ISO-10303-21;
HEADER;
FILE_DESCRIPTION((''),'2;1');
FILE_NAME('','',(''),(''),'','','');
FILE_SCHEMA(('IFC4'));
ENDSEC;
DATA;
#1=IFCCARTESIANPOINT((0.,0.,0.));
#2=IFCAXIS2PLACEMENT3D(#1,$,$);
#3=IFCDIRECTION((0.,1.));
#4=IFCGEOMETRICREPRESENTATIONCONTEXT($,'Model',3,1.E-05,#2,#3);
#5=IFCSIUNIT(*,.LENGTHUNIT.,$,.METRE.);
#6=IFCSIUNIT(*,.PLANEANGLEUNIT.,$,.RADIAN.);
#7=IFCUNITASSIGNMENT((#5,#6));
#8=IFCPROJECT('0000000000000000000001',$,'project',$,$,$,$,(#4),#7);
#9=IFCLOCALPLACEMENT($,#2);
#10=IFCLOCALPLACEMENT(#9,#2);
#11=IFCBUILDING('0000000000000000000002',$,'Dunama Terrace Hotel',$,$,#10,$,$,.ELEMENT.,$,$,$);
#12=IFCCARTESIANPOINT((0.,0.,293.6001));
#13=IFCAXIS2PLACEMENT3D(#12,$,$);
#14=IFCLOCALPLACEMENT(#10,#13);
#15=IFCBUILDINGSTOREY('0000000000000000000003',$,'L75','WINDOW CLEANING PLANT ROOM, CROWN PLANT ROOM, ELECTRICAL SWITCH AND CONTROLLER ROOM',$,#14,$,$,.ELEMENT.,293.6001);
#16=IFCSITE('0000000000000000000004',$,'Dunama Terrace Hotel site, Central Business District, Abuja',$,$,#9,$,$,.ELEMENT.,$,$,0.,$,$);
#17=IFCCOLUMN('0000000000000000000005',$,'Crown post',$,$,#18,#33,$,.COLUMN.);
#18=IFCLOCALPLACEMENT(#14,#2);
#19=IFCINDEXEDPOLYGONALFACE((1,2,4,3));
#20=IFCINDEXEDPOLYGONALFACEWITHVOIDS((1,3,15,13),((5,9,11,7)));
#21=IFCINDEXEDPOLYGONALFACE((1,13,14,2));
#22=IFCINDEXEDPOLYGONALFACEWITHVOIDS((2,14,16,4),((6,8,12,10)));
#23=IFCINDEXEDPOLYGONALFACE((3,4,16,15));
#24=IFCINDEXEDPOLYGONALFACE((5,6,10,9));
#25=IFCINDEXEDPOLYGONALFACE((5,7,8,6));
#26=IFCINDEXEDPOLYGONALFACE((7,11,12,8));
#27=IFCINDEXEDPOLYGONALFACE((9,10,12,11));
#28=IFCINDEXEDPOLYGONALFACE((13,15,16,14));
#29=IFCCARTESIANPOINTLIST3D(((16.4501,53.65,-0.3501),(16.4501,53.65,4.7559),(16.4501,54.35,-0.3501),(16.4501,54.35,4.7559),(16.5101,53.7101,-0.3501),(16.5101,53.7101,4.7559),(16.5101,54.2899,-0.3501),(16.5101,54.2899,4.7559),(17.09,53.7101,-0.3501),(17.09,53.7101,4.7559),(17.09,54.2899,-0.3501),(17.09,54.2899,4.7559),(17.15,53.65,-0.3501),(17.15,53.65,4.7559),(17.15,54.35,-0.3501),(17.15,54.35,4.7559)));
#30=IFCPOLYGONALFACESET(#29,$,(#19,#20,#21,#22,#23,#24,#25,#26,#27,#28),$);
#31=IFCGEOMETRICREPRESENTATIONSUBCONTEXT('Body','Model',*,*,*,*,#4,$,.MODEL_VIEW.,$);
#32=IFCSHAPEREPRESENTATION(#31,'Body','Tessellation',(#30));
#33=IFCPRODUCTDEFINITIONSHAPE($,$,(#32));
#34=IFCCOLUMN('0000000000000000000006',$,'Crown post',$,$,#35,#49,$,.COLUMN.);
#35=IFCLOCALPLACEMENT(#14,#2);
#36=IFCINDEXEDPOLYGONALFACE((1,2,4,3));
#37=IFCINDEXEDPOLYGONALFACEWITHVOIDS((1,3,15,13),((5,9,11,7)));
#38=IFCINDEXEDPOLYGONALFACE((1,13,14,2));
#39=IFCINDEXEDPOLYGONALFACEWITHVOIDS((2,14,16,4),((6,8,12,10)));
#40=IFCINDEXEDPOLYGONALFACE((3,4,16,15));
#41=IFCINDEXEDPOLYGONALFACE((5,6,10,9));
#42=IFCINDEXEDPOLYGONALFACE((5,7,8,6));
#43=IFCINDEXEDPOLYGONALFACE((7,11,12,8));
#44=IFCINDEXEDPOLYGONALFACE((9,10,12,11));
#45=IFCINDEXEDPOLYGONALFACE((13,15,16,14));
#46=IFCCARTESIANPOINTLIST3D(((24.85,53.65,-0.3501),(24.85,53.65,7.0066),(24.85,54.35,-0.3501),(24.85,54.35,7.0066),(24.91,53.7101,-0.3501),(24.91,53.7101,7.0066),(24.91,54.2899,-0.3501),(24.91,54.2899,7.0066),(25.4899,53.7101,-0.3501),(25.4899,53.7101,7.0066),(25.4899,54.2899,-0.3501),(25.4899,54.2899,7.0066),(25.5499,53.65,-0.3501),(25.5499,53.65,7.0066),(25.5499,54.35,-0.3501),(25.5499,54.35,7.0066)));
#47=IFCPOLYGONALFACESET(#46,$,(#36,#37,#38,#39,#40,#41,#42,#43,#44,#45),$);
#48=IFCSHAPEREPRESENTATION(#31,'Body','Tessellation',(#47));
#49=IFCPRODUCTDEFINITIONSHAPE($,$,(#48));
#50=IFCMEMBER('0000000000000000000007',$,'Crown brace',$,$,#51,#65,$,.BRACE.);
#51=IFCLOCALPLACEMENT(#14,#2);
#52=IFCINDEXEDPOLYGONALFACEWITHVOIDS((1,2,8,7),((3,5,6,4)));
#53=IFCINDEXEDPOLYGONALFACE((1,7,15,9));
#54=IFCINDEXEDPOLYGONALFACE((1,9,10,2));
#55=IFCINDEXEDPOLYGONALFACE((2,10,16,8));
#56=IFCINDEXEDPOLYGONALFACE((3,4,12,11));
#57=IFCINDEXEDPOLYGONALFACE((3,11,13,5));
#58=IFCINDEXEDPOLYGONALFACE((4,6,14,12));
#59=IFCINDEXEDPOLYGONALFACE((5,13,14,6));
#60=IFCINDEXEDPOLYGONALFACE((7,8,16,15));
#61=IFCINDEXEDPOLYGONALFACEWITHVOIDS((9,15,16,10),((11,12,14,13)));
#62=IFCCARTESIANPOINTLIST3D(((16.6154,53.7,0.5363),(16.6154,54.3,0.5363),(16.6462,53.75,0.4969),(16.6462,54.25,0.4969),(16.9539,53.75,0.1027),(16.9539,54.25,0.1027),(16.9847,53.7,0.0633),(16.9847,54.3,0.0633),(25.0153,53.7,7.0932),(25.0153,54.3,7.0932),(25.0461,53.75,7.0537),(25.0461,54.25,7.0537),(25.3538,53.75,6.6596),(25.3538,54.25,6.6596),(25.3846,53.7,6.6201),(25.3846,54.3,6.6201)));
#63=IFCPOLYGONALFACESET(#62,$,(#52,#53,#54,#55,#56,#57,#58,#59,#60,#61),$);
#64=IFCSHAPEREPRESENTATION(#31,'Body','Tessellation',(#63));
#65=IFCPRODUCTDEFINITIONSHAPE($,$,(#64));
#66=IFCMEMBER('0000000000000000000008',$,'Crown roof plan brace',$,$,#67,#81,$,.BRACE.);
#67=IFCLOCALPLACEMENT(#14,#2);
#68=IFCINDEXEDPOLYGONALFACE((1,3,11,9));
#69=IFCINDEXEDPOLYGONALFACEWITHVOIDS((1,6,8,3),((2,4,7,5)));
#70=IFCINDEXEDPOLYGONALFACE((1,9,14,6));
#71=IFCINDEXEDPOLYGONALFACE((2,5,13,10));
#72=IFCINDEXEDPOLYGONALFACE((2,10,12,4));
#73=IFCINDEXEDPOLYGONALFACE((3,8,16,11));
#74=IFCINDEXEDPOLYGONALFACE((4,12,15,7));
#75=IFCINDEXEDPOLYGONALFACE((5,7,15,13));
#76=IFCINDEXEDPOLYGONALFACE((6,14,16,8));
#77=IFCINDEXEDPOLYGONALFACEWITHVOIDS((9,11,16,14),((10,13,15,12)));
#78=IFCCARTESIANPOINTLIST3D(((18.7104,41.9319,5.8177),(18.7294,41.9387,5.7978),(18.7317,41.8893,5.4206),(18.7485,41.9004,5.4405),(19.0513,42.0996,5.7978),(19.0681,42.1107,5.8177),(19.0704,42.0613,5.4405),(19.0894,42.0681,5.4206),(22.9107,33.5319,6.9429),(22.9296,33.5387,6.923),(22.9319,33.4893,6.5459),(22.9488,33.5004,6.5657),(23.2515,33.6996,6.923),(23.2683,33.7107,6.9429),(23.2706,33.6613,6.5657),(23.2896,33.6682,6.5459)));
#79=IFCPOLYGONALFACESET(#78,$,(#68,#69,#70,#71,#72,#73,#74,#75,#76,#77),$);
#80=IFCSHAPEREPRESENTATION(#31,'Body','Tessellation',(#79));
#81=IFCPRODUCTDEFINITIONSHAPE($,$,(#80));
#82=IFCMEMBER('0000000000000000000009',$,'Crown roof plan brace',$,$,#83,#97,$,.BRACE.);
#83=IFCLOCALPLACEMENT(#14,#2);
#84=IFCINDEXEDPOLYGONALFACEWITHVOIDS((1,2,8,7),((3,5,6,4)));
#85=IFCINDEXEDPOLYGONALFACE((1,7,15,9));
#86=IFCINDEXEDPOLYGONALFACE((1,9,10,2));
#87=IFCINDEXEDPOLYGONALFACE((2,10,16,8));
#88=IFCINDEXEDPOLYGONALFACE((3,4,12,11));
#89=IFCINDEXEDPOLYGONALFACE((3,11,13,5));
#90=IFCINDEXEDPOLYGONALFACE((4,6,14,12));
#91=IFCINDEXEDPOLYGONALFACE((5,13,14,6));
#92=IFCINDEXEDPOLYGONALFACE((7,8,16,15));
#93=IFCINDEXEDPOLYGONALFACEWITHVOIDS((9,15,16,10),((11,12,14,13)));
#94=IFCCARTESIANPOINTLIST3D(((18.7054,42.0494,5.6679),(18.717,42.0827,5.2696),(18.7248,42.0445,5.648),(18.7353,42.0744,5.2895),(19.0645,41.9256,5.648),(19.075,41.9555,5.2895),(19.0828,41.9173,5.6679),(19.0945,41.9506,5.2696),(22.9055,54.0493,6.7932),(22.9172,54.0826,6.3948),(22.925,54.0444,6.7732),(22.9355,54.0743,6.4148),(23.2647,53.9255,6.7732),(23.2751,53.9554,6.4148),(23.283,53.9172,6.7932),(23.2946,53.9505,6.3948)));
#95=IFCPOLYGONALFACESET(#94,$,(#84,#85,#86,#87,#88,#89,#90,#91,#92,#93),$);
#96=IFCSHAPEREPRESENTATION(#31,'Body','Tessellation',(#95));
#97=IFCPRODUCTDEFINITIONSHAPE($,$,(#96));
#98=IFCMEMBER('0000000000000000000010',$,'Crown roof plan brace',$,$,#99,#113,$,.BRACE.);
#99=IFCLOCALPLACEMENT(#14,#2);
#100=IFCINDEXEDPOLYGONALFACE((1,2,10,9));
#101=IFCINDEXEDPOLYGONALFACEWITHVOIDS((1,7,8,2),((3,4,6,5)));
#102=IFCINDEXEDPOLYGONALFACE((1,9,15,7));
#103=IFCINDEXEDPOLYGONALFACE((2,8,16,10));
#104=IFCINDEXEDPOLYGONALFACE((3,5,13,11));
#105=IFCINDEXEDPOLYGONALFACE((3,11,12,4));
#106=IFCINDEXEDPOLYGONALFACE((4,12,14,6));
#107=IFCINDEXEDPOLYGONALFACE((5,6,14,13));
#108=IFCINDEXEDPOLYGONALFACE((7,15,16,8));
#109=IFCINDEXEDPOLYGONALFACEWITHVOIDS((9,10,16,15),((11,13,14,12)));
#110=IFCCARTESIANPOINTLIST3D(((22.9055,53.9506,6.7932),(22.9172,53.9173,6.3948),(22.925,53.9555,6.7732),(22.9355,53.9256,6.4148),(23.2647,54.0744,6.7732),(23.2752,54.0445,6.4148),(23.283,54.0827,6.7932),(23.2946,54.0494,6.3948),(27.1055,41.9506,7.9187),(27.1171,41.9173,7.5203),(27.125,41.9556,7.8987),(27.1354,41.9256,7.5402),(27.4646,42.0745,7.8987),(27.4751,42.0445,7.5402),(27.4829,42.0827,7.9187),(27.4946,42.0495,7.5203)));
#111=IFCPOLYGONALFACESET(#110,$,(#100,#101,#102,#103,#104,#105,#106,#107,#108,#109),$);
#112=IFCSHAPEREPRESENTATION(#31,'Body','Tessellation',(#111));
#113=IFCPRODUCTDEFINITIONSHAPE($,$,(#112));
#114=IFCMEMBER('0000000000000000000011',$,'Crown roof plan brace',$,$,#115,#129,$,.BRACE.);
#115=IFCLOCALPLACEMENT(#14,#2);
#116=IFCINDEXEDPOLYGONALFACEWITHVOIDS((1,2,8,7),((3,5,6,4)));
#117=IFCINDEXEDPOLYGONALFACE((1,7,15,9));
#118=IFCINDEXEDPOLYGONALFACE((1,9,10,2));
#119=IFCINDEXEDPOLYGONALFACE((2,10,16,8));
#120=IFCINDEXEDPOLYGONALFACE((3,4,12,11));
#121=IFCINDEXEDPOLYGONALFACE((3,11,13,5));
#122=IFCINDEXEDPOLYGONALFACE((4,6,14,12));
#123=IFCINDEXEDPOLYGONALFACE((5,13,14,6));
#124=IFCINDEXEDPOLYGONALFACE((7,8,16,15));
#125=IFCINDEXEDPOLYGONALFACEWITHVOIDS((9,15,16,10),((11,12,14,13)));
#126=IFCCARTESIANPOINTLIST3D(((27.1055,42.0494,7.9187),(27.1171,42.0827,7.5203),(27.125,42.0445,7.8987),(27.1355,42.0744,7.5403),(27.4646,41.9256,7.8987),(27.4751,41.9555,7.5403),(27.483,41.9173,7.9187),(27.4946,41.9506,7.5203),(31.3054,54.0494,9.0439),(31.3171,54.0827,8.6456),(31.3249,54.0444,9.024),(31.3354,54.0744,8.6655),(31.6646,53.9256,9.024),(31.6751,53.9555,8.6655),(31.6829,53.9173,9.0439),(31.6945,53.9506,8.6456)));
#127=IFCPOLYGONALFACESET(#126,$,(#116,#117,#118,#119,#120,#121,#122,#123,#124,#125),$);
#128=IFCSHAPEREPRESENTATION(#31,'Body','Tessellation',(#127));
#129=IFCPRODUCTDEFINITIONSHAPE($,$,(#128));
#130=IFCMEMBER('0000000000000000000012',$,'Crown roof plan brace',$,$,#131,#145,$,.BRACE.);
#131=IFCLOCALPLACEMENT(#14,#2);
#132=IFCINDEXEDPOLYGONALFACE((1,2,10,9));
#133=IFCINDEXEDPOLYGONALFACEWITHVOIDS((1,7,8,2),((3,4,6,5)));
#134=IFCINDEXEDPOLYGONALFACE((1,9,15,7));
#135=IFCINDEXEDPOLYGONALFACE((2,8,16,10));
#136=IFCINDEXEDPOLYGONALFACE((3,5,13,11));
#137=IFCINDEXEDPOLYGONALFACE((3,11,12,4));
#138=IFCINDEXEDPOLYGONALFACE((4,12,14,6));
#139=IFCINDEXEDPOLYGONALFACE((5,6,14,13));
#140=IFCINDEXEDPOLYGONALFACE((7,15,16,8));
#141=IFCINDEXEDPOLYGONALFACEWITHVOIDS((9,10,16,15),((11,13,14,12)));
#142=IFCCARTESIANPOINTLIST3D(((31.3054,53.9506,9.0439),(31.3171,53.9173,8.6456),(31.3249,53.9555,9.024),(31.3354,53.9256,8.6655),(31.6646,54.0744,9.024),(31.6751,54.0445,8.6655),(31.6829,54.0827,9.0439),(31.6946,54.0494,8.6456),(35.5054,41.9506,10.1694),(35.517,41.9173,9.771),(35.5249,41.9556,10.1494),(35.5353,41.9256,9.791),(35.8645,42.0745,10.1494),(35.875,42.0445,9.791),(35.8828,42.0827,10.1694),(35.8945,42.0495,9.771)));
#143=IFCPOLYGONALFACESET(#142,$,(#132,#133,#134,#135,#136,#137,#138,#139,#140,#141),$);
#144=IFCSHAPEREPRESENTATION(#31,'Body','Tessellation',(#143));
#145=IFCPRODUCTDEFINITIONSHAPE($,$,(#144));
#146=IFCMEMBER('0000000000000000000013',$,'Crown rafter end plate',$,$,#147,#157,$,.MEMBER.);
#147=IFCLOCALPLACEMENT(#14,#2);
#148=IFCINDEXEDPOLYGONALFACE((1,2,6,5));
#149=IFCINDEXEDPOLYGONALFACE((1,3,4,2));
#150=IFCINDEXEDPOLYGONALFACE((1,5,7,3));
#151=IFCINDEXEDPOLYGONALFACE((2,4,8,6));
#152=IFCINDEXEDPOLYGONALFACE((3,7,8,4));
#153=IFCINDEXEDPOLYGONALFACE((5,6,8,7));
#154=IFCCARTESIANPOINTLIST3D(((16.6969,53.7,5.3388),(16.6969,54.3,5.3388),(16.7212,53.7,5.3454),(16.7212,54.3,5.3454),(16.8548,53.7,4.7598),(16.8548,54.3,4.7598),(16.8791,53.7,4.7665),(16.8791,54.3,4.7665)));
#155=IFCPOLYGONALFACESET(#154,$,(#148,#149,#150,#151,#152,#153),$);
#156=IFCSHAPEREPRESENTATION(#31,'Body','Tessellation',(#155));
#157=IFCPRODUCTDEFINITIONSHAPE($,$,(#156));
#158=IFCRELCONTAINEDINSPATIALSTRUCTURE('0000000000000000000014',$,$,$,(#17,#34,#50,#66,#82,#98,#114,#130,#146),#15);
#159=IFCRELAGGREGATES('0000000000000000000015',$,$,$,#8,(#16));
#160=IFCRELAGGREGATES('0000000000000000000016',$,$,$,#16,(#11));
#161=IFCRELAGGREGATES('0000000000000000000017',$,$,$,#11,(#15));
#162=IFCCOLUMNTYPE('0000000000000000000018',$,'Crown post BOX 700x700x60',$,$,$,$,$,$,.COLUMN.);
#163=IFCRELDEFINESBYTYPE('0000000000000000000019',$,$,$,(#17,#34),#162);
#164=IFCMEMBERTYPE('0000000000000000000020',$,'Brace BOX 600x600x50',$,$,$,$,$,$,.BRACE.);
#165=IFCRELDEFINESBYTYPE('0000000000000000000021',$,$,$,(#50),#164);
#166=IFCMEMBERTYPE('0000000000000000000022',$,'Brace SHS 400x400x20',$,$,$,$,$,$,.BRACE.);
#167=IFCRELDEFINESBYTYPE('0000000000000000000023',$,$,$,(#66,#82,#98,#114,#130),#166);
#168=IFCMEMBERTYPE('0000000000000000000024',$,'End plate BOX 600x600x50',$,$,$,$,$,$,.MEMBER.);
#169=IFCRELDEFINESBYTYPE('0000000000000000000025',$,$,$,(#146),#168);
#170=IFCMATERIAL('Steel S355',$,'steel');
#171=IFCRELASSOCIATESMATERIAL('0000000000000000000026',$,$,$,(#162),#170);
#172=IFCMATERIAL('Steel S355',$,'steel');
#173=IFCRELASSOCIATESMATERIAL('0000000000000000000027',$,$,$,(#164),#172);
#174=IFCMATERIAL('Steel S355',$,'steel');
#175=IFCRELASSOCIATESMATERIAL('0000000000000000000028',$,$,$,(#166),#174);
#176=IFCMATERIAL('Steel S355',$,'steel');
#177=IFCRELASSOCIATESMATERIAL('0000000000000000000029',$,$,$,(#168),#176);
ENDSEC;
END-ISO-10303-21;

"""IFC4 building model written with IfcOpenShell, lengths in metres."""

from ifc_helpers import new_model, si_unit, direction, frame, origin, origin_2d, place, context, subcontext, project, spatial, rectangle, hollow_rectangle, extrude, material, material_profile, profile_set, type_object, element, save


model = new_model("IFC4")

# Units and contexts
model_context = context("Model", 3, precision=1e-05, world=origin(), true_north=direction((0.0, 1.0)))
body_context = subcontext(model_context, "Body", "Model", "MODEL_VIEW")
ifc_project = project(units=[si_unit("LENGTHUNIT", "METRE"), si_unit("PLANEANGLEUNIT", "RADIAN")], contexts=[model_context])

# Site, building, storey
site_placement = place(None, origin())
site = spatial("IfcSite", under=ifc_project, at=site_placement, Name="Dunama Terrace Hotel site, Central Business District, Abuja", CompositionType="ELEMENT", RefElevation=0.0)
building_placement = place(site_placement, origin())
building = spatial("IfcBuilding", under=site, at=building_placement, Name="Dunama Terrace Hotel", CompositionType="ELEMENT")
storey_placement = place(building_placement, frame((0.0, 0.0, 293.6001)))
storey = spatial("IfcBuildingStorey", under=building, at=storey_placement, Name="L75", Description="WINDOW CLEANING PLANT ROOM, CROWN PLANT ROOM, ELECTRICAL SWITCH AND CONTROLLER ROOM", CompositionType="ELEMENT", Elevation=293.6001)

# Columns
ifc_material_1 = material(Name="Steel S355", Category="steel")
ifc_material_profile_1 = material_profile(ifc_material_1, hollow_rectangle(XDim=0.7, YDim=0.7, WallThickness=0.0601, at=origin_2d()), Name="BOX 700x700x60")
ifc_profile_set_1 = profile_set([ifc_material_profile_1], Name="Steel S355")
column_type = type_object("IfcColumnType", Name="Crown post BOX 700x700x60", PredefinedType="COLUMN", material=ifc_profile_set_1)
column_1_placement = place(storey_placement, frame((16.8, 54.0, -0.3501), z_axis=(0.0, 0.0, 1.0), x_axis=(1.0, 0.0, 0.0)))
element("IfcColumn", 1, at=column_1_placement, inside=storey, type_object=column_type, Name="Crown post", PredefinedType="COLUMN", context=body_context, shape_type="SweptSolid", body=[
    extrude(hollow_rectangle(XDim=0.7, YDim=0.7, WallThickness=0.0601, at=origin_2d()), origin(), (0.0, 0.0, 1.0), 5.106),
])
column_2_placement = place(storey_placement, frame((25.2, 54.0, -0.3501), z_axis=(0.0, 0.0, 1.0), x_axis=(1.0, 0.0, 0.0)))
element("IfcColumn", 2, at=column_2_placement, inside=storey, type_object=column_type, Name="Crown post", PredefinedType="COLUMN", context=body_context, shape_type="SweptSolid", body=[
    extrude(hollow_rectangle(XDim=0.7, YDim=0.7, WallThickness=0.0601, at=origin_2d()), origin(), (0.0, 0.0, 1.0), 7.3567),
])

# Members
ifc_material_2 = material(Name="Steel S355", Category="steel")
ifc_material_profile_2 = material_profile(ifc_material_2, hollow_rectangle(XDim=0.6001, YDim=0.6001, WallThickness=0.05, at=origin_2d()), Name="BOX 600x600x50")
ifc_profile_set_2 = profile_set([ifc_material_profile_2], Name="Steel S355")
member_type_1 = type_object("IfcMemberType", Name="Brace BOX 600x600x50", PredefinedType="BRACE", material=ifc_profile_set_2)
member_1_placement = place(storey_placement, frame((16.8, 54.0, 0.2998), z_axis=(0.788276, 0.0, 0.615321), x_axis=(0.0, 1.0, 0.0)))
element("IfcMember", 3, at=member_1_placement, inside=storey, type_object=member_type_1, Name="Crown brace", PredefinedType="BRACE", context=body_context, shape_type="SweptSolid", body=[
    extrude(hollow_rectangle(XDim=0.6001, YDim=0.6001, WallThickness=0.05, at=origin_2d()), origin(), (0.0, 0.0, 1.0), 10.656),
])
ifc_material_3 = material(Name="Steel S355", Category="steel")
ifc_material_profile_3 = material_profile(ifc_material_3, hollow_rectangle(XDim=0.3999, YDim=0.3999, WallThickness=0.02, at=origin_2d()), Name="SHS 400x400x20")
ifc_profile_set_3 = profile_set([ifc_material_profile_3], Name="Steel S355")
member_type_2 = type_object("IfcMemberType", Name="Brace SHS 400x400x20", PredefinedType="BRACE", material=ifc_profile_set_3)
member_2_placement = place(storey_placement, frame((18.8999, 42.0, 5.6191), z_axis=(0.444058, -0.888065, 0.118964), x_axis=(0.894417, 0.447234, 0.0)))
element("IfcMember", 4, at=member_2_placement, inside=storey, type_object=member_type_2, Name="Crown roof plan brace", PredefinedType="BRACE", context=body_context, shape_type="SweptSolid", body=[
    extrude(hollow_rectangle(XDim=0.3999, YDim=0.3999, WallThickness=0.02, at=origin_2d()), origin(), (0.0, 0.0, 1.0), 9.4587),
])
for number, where, z_axis, x_axis, name in (
    (5, (18.8999, 42.0, 5.4688), (0.329078, 0.940178, 0.088161), (-0.943854, 0.330364, 0.0), "Crown roof plan brace"),
    (6, (23.1001, 54.0, 6.594), (0.32906, -0.940183, 0.08818), (0.94386, 0.330347, 0.0), "Crown roof plan brace"),
    (7, (27.3, 42.0, 7.7195), (0.329061, 0.940184, 0.088161), (-0.94386, 0.330347, 0.0), "Crown roof plan brace"),
    (8, (31.5, 54.0, 8.8447), (0.32906, -0.940183, 0.08818), (0.94386, 0.330347, 0.0), "Crown roof plan brace"),
):
    element("IfcMember", number, at=place(storey_placement, frame(where, z_axis=z_axis, x_axis=x_axis)), inside=storey, type_object=member_type_2, Name=name, PredefinedType="BRACE", context=body_context, shape_type="SweptSolid", body=[
        extrude(hollow_rectangle(XDim=0.3999, YDim=0.3999, WallThickness=0.02, at=origin_2d()), origin(), (0.0, 0.0, 1.0), 12.7634),
    ])
ifc_material_4 = material(Name="Steel S355", Category="steel")
ifc_material_profile_4 = material_profile(ifc_material_4, rectangle(XDim=0.6001, YDim=0.6001, at=origin_2d()), Name="PL 600X600")
ifc_profile_set_4 = profile_set([ifc_material_profile_4], Name="Steel S355")
member_type_3 = type_object("IfcMemberType", Name="End plate BOX 600x600x50", PredefinedType="MEMBER", material=ifc_profile_set_4)
member_3_placement = place(storey_placement, frame((16.7759, 54.0, 5.0493), z_axis=(0.964764, 0.0, 0.263117), x_axis=(0.0, 1.0, 0.0)))
element("IfcMember", 9, at=member_3_placement, inside=storey, type_object=member_type_3, Name="Crown rafter end plate", PredefinedType="MEMBER", context=body_context, shape_type="SweptSolid", body=[
    extrude(rectangle(XDim=0.6001, YDim=0.6001, at=origin_2d()), origin(), (0.0, 0.0, 1.0), 0.0251),
])

save(model, "model.ifc")
